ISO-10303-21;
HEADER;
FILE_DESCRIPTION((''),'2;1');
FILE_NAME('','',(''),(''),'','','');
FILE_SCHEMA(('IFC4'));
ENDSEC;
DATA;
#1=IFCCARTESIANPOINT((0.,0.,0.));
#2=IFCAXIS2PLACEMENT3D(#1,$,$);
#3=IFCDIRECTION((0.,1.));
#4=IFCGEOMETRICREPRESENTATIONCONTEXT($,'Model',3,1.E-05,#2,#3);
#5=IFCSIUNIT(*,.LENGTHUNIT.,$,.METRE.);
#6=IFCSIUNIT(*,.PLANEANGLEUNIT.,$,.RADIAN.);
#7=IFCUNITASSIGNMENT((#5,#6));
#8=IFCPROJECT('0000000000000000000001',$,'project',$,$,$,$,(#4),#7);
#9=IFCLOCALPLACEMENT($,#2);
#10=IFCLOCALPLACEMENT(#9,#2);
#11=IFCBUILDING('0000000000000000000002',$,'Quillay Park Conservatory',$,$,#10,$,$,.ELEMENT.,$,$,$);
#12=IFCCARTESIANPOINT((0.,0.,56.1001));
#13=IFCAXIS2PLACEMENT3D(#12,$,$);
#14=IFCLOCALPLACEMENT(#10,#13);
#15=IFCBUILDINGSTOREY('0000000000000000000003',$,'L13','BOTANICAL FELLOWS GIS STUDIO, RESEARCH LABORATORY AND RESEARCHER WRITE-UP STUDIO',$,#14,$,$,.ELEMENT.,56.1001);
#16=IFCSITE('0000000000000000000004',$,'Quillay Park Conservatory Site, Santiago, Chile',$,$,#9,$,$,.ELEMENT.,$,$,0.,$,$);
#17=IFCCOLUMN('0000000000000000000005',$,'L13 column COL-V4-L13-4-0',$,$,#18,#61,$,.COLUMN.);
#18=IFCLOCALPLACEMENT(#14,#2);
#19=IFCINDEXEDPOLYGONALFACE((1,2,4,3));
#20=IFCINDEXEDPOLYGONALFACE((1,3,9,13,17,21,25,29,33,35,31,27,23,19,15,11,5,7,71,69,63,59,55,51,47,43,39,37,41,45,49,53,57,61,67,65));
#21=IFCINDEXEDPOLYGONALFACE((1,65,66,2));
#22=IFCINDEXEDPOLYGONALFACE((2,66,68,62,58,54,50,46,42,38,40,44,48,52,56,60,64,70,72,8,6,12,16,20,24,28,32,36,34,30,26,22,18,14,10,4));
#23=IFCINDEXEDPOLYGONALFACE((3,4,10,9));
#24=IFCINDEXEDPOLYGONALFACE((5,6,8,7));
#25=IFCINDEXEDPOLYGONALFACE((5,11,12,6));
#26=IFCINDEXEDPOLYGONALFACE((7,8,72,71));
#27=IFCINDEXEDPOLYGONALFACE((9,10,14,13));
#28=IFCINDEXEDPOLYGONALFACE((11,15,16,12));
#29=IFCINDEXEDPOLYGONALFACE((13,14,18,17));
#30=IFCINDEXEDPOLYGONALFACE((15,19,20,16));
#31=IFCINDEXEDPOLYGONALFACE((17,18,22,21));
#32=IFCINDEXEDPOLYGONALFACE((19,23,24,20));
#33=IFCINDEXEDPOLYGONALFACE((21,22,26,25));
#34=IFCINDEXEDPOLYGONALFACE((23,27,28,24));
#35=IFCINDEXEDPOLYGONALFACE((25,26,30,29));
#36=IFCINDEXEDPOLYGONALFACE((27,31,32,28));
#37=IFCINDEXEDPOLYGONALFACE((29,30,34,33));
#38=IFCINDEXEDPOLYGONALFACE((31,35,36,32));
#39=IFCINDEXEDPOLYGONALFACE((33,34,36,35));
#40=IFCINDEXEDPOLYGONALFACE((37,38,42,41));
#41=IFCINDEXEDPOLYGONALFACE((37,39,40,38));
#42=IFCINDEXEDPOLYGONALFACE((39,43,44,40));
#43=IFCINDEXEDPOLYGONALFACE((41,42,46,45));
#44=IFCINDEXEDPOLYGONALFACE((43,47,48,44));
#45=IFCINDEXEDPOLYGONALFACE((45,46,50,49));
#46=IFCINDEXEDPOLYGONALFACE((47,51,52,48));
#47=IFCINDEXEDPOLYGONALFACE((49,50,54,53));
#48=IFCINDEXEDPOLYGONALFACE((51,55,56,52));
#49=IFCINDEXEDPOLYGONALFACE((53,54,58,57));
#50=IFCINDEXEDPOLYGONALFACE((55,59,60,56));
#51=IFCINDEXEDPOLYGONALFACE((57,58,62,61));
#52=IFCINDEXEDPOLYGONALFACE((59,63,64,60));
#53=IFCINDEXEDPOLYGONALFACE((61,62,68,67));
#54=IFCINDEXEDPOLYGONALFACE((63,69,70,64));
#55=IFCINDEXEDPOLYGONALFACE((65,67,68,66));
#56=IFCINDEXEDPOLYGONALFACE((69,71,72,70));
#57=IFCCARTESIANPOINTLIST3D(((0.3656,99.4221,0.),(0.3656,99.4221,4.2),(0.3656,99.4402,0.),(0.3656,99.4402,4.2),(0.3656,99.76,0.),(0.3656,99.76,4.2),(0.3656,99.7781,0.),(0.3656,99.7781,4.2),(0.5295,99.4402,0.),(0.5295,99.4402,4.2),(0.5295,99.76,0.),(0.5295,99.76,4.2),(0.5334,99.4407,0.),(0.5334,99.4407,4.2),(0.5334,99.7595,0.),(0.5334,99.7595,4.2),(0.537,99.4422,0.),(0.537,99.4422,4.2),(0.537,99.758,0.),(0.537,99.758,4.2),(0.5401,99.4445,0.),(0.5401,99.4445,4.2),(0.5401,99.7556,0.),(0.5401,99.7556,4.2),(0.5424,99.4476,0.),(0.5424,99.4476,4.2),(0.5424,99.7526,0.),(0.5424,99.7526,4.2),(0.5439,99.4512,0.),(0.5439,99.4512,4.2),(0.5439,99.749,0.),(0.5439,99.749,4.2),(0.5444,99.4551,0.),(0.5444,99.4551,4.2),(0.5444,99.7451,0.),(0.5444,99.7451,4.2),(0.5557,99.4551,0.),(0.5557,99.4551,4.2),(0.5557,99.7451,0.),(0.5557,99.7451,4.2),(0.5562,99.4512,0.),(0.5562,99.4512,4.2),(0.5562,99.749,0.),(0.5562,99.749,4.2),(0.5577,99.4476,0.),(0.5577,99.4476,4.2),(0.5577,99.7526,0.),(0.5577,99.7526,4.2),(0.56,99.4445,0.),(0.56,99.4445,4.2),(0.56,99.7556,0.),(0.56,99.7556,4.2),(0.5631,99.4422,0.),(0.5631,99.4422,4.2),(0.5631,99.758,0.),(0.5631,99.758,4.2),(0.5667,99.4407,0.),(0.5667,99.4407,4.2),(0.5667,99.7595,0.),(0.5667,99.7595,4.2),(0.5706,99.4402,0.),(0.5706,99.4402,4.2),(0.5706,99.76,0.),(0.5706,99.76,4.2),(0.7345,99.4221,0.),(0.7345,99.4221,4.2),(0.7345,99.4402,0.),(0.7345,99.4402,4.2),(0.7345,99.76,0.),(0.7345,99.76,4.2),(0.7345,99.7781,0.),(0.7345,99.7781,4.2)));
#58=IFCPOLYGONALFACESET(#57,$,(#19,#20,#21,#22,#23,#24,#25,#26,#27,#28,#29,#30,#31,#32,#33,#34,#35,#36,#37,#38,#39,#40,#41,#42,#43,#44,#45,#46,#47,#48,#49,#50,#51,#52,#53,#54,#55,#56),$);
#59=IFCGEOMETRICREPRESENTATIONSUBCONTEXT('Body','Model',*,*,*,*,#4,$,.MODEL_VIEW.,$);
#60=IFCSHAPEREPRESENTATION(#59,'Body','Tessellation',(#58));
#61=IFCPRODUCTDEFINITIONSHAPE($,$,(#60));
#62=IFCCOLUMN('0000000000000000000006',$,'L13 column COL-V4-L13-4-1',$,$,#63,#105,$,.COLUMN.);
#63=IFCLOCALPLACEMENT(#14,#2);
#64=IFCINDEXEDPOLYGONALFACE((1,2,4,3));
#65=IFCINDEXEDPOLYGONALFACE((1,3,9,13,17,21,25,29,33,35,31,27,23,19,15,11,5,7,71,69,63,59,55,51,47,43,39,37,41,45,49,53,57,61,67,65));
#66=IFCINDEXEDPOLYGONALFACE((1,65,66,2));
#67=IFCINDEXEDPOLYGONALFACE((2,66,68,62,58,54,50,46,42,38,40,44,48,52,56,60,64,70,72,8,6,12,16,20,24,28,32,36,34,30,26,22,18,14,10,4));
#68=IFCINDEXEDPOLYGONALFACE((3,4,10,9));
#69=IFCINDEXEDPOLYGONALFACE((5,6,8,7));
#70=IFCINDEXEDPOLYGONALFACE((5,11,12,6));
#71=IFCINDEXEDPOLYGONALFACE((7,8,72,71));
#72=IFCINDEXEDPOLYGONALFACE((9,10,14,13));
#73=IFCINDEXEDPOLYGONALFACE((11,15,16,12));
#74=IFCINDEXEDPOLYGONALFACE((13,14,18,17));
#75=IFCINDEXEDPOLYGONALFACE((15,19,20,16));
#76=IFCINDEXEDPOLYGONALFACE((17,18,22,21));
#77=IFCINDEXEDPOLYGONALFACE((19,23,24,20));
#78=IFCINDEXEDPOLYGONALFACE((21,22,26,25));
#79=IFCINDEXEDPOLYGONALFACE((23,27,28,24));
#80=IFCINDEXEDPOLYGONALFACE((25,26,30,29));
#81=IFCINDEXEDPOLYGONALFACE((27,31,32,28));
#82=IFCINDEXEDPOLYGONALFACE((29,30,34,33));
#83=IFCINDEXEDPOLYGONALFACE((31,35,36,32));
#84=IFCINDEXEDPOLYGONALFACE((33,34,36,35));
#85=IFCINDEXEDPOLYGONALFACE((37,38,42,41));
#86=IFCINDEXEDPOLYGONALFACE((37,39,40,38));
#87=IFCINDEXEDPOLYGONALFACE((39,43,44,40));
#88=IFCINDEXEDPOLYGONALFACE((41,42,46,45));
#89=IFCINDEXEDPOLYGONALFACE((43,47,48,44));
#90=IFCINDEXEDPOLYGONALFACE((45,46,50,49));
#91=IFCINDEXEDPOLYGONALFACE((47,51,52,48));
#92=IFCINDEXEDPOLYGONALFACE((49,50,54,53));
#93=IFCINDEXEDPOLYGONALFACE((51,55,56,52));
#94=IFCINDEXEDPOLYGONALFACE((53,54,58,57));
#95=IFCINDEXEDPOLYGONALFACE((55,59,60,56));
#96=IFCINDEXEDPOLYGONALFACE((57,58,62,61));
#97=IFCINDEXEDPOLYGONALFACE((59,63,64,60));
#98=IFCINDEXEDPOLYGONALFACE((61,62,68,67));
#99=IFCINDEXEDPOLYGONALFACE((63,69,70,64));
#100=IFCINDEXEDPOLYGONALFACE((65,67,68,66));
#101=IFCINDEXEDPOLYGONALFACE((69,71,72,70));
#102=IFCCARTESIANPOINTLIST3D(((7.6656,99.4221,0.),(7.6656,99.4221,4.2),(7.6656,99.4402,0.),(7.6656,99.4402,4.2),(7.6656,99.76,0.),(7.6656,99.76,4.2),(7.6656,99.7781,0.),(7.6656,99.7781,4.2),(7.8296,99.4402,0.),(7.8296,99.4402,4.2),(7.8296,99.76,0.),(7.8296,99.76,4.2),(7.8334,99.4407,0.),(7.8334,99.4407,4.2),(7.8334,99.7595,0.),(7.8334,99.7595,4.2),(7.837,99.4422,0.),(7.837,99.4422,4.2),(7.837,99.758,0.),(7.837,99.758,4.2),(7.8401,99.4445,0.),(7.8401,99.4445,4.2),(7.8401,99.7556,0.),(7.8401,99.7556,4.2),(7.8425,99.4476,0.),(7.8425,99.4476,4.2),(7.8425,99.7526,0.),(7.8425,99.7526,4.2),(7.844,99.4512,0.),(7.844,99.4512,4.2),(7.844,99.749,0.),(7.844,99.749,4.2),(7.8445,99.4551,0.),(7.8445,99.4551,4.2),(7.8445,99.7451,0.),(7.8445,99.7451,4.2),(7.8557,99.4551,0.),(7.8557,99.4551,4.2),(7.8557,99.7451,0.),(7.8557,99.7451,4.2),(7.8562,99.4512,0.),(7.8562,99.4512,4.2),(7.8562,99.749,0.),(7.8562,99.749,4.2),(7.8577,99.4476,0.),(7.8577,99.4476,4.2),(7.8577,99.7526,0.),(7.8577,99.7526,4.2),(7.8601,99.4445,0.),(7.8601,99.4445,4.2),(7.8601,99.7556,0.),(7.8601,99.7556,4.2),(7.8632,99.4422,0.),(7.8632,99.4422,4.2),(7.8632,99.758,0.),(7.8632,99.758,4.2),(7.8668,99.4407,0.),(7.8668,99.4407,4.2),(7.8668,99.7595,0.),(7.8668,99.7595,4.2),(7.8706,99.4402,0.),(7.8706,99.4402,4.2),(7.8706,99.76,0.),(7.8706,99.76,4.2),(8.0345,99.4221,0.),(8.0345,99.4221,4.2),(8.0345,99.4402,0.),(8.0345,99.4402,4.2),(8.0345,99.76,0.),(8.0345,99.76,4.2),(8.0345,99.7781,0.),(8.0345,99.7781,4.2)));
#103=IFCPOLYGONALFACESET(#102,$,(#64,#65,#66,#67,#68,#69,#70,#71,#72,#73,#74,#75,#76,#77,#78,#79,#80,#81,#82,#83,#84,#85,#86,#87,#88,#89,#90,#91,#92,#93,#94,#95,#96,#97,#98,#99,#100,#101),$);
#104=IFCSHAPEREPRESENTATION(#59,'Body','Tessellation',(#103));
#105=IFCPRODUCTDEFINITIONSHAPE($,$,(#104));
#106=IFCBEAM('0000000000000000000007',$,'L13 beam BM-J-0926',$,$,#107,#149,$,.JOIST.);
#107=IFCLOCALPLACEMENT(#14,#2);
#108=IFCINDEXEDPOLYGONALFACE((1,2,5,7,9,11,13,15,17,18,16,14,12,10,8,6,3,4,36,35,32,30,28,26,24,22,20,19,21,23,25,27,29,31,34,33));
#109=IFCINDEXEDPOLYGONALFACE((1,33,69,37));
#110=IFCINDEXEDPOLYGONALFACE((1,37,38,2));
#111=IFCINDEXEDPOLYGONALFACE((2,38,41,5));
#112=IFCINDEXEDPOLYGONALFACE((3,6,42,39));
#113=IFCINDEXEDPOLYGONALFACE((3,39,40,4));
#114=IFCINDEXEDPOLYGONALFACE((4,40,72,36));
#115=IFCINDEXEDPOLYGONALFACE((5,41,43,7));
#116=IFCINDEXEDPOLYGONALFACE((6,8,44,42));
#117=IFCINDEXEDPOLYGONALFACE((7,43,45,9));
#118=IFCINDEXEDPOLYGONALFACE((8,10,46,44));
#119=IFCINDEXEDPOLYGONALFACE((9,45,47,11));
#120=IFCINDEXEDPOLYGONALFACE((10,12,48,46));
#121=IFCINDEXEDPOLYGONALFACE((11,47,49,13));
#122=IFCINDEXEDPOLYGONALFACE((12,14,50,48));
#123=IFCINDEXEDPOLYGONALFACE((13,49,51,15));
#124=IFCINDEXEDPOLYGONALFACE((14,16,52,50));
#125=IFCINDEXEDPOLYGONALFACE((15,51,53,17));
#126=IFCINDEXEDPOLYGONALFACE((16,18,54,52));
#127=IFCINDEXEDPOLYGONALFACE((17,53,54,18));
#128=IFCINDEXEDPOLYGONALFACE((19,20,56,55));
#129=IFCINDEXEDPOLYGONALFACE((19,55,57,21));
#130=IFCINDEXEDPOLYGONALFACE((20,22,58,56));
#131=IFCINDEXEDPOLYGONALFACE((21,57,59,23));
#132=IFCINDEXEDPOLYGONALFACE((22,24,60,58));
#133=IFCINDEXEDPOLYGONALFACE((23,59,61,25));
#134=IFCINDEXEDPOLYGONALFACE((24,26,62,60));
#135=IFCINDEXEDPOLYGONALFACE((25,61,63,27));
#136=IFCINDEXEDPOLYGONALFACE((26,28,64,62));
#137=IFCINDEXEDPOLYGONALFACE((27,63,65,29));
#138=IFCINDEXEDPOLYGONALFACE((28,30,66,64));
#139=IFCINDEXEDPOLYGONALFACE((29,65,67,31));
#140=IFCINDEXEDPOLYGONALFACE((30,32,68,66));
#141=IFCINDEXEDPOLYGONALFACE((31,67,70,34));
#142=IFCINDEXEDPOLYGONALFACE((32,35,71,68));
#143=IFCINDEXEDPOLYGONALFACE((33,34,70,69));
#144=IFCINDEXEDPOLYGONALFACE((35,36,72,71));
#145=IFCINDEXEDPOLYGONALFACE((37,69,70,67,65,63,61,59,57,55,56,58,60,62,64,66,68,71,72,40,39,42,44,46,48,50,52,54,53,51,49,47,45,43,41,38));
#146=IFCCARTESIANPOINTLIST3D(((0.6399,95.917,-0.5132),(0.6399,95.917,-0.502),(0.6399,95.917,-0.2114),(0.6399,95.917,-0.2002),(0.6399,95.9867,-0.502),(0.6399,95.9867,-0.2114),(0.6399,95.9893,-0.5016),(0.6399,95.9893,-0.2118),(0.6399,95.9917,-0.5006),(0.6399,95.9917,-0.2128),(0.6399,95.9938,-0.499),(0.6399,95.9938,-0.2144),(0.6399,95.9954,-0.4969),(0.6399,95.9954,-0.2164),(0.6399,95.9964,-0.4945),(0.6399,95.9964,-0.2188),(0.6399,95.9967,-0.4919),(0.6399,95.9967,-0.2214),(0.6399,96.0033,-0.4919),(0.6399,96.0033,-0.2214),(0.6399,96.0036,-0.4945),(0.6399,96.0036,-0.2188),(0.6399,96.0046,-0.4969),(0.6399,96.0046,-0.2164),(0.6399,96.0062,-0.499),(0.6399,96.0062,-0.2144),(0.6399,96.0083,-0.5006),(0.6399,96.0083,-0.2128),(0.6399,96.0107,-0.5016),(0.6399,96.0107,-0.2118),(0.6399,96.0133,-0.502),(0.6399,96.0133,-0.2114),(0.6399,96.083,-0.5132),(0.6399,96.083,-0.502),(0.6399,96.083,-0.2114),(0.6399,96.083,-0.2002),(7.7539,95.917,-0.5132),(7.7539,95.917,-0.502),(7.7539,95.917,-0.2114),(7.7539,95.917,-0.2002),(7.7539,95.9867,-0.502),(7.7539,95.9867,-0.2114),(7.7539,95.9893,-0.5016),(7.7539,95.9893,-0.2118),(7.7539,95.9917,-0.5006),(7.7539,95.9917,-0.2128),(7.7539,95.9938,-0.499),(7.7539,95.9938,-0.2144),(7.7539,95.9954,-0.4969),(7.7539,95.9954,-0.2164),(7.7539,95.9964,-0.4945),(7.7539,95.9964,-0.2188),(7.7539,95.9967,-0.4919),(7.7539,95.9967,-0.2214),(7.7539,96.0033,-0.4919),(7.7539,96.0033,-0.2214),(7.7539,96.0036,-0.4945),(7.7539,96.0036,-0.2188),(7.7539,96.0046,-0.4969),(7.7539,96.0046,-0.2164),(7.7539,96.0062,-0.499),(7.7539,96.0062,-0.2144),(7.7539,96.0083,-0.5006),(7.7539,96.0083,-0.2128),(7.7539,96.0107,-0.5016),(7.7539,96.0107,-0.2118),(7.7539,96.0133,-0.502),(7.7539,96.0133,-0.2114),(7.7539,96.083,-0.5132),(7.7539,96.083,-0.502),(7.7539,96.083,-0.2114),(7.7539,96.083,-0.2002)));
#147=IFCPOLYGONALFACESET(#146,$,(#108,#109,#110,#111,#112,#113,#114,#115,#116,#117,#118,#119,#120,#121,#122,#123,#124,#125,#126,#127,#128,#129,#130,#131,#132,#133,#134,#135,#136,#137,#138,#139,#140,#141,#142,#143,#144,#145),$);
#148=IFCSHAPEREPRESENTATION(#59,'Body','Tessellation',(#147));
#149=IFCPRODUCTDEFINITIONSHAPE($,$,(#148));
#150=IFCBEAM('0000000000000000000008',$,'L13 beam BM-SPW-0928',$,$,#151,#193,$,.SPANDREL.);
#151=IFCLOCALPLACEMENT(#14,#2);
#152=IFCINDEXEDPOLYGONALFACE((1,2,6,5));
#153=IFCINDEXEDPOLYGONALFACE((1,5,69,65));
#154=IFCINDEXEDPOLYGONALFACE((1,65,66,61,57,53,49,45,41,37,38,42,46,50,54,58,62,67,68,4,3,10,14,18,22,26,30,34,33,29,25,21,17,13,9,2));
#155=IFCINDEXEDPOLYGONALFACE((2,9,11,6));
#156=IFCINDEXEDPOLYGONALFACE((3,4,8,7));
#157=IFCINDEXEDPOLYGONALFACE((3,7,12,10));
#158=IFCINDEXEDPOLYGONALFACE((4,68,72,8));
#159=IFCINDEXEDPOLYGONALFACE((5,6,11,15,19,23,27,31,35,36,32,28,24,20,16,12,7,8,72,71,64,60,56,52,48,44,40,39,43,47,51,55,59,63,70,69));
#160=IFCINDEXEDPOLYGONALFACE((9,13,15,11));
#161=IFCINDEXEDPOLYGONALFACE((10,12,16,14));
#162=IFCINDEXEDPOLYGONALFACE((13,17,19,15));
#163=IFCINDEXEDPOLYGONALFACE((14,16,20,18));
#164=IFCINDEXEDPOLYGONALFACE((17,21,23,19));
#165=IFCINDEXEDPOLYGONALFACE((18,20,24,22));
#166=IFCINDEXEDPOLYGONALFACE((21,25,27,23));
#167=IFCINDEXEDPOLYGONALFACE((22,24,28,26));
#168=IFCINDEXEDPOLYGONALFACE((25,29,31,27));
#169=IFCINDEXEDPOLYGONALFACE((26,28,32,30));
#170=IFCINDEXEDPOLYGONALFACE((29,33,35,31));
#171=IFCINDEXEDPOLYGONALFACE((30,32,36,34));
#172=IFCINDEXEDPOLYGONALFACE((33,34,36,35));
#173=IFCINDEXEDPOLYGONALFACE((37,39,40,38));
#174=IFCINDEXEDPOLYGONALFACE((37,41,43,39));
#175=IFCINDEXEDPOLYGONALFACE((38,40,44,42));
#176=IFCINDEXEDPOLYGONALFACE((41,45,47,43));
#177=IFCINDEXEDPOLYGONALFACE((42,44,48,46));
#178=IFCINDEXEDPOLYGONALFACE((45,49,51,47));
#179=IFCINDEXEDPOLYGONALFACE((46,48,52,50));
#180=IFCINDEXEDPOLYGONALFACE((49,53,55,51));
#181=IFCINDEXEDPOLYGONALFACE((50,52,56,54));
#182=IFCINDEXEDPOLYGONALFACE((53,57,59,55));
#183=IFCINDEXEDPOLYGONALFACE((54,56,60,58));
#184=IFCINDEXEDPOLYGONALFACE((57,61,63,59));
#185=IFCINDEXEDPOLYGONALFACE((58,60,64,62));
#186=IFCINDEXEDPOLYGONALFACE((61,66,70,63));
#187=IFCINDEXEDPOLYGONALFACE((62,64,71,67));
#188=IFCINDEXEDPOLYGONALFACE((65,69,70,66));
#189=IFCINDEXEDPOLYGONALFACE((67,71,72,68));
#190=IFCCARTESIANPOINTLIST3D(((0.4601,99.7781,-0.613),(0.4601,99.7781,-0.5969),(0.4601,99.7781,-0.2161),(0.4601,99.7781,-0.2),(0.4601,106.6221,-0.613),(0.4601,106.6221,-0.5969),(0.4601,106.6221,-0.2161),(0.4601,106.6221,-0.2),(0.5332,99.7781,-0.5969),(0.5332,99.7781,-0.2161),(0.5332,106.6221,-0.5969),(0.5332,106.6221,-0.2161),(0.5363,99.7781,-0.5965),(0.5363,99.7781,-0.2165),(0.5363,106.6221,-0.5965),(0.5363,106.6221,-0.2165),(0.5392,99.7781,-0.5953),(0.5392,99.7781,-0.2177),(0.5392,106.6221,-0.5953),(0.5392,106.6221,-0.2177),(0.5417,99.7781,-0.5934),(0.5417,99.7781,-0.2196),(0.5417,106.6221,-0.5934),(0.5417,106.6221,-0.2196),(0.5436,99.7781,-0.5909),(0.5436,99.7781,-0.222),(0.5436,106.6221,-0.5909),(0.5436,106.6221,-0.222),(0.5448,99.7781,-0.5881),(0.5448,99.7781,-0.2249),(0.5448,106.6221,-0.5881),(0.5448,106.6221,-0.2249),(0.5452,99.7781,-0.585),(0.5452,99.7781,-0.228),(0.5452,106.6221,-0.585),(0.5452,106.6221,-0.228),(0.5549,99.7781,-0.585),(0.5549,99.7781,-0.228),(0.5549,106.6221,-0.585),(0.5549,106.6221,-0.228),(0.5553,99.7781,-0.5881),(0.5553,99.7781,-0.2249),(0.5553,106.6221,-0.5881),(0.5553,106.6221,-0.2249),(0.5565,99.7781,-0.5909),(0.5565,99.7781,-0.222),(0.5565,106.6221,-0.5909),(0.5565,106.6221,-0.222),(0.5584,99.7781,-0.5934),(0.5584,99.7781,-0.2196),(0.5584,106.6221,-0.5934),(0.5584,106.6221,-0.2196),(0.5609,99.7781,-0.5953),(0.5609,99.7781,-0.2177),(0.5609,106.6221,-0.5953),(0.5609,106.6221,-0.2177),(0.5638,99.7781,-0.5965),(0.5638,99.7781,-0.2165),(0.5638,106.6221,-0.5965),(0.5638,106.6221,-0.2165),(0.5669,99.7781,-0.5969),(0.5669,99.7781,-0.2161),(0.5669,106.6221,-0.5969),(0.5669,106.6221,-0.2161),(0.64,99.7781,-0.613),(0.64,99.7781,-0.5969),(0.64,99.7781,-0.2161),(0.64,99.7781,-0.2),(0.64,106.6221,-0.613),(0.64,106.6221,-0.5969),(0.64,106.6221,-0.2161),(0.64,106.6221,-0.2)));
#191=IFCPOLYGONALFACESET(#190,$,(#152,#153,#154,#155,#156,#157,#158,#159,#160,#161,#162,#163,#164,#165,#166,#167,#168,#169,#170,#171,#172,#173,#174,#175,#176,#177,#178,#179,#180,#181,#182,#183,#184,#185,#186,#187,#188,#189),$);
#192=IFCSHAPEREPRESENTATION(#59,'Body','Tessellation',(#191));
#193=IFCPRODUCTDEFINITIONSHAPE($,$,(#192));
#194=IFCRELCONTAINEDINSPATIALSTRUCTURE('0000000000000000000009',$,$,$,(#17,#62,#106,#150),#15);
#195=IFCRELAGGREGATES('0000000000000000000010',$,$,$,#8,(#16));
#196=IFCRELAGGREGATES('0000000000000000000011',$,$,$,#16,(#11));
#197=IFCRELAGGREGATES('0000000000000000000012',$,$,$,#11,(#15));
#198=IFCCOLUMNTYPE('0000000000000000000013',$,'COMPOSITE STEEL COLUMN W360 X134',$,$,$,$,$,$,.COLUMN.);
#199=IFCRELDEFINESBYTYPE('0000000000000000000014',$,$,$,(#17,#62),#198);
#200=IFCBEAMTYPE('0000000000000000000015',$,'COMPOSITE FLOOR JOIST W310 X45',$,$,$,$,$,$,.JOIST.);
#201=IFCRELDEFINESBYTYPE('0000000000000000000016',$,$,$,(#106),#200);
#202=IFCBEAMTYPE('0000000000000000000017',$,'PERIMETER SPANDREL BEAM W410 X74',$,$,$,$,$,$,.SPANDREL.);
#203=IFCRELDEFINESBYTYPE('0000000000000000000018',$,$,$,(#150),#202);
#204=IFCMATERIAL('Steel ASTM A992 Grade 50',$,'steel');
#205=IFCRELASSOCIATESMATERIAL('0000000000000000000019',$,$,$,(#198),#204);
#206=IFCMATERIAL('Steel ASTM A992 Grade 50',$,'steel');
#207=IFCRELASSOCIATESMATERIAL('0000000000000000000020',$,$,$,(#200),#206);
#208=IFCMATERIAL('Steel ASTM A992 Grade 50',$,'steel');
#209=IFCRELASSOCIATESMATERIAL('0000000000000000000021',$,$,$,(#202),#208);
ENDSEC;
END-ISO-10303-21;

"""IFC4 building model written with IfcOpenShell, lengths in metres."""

from ifc_helpers import new_model, si_unit, direction, frame, origin, origin_2d, place, context, subcontext, project, spatial, i_section, extrude, material, material_profile, profile_set, type_object, element, save


model = new_model("IFC4")

# Units and contexts
model_context = context("Model", 3, precision=1e-05, world=origin(), true_north=direction((0.0, 1.0)))
body_context = subcontext(model_context, "Body", "Model", "MODEL_VIEW")
ifc_project = project(units=[si_unit("LENGTHUNIT", "METRE"), si_unit("PLANEANGLEUNIT", "RADIAN")], contexts=[model_context])

# Site, building, storey
site_placement = place(None, origin())
site = spatial("IfcSite", under=ifc_project, at=site_placement, Name="Quillay Park Conservatory Site, Santiago, Chile", CompositionType="ELEMENT", RefElevation=0.0)
building_placement = place(site_placement, origin())
building = spatial("IfcBuilding", under=site, at=building_placement, Name="Quillay Park Conservatory", CompositionType="ELEMENT")
storey_placement = place(building_placement, frame((0.0, 0.0, 56.1001)))
storey = spatial("IfcBuildingStorey", under=building, at=storey_placement, Name="L13", Description="BOTANICAL FELLOWS GIS STUDIO, RESEARCH LABORATORY AND RESEARCHER WRITE-UP STUDIO", CompositionType="ELEMENT", Elevation=56.1001)

# Columns
ifc_material_1 = material(Name="Steel ASTM A992 Grade 50", Category="steel")
ifc_material_profile_1 = material_profile(ifc_material_1, i_section(OverallWidth=0.3689, OverallDepth=0.356, WebThickness=0.0112, FlangeThickness=0.0181, FilletRadius=0.0149, at=origin_2d()), Name="W360x134")
ifc_profile_set_1 = profile_set([ifc_material_profile_1], Name="Steel ASTM A992 Grade 50")
column_type = type_object("IfcColumnType", Name="COMPOSITE STEEL COLUMN W360 X134", PredefinedType="COLUMN", material=ifc_profile_set_1)
for number, where, z_axis, x_axis, name in (
    (1, (0.55, 99.6001, 0.0), (0.0, 0.0, 1.0), (1.0, 0.0, 0.0), "L13 column COL-V4-L13-4-0"),
    (2, (7.8501, 99.6001, 0.0), (0.0, 0.0, 1.0), (1.0, 0.0, 0.0), "L13 column COL-V4-L13-4-1"),
):
    element("IfcColumn", number, at=place(storey_placement, frame(where, z_axis=z_axis, x_axis=x_axis)), inside=storey, type_object=column_type, Name=name, PredefinedType="COLUMN", context=body_context, shape_type="SweptSolid", body=[
        extrude(i_section(OverallWidth=0.3689, OverallDepth=0.356, WebThickness=0.0112, FlangeThickness=0.0181, FilletRadius=0.0149, at=origin_2d()), origin(), (0.0, 0.0, 1.0), 4.2),
    ])

# Beams
ifc_material_2 = material(Name="Steel ASTM A992 Grade 50", Category="steel")
ifc_material_profile_2 = material_profile(ifc_material_2, i_section(OverallWidth=0.166, OverallDepth=0.313, WebThickness=0.0066, FlangeThickness=0.0112, FilletRadius=0.01, at=origin_2d()), Name="W310x45")
ifc_profile_set_2 = profile_set([ifc_material_profile_2], Name="Steel ASTM A992 Grade 50")
beam_type_1 = type_object("IfcBeamType", Name="COMPOSITE FLOOR JOIST W310 X45", PredefinedType="JOIST", material=ifc_profile_set_2)
beam_1_placement = place(storey_placement, frame((0.6399, 96.0, -0.3567), z_axis=(1.0, 0.0, 0.0), x_axis=(0.0, 1.0, 0.0)))
element("IfcBeam", 3, at=beam_1_placement, inside=storey, type_object=beam_type_1, Name="L13 beam BM-J-0926", PredefinedType="JOIST", context=body_context, shape_type="SweptSolid", body=[
    extrude(i_section(OverallWidth=0.166, OverallDepth=0.313, WebThickness=0.0066, FlangeThickness=0.0112, FilletRadius=0.01, at=origin_2d()), origin(), (0.0, 0.0, 1.0), 7.114),
])
ifc_material_3 = material(Name="Steel ASTM A992 Grade 50", Category="steel")
ifc_material_profile_3 = material_profile(ifc_material_3, i_section(OverallWidth=0.1799, OverallDepth=0.4131, WebThickness=0.0098, FlangeThickness=0.0161, FilletRadius=0.012, at=origin_2d()), Name="W410x74")
ifc_profile_set_3 = profile_set([ifc_material_profile_3], Name="Steel ASTM A992 Grade 50")
beam_type_2 = type_object("IfcBeamType", Name="PERIMETER SPANDREL BEAM W410 X74", PredefinedType="SPANDREL", material=ifc_profile_set_3)
beam_2_placement = place(storey_placement, frame((0.55, 99.7781, -0.4065), z_axis=(0.0, 1.0, 0.0), x_axis=(-1.0, 0.0, 0.0)))
element("IfcBeam", 4, at=beam_2_placement, inside=storey, type_object=beam_type_2, Name="L13 beam BM-SPW-0928", PredefinedType="SPANDREL", context=body_context, shape_type="SweptSolid", body=[
    extrude(i_section(OverallWidth=0.1799, OverallDepth=0.4131, WebThickness=0.0098, FlangeThickness=0.0161, FilletRadius=0.012, at=origin_2d()), origin(), (0.0, 0.0, 1.0), 6.844),
])

save(model, "model.ifc")
